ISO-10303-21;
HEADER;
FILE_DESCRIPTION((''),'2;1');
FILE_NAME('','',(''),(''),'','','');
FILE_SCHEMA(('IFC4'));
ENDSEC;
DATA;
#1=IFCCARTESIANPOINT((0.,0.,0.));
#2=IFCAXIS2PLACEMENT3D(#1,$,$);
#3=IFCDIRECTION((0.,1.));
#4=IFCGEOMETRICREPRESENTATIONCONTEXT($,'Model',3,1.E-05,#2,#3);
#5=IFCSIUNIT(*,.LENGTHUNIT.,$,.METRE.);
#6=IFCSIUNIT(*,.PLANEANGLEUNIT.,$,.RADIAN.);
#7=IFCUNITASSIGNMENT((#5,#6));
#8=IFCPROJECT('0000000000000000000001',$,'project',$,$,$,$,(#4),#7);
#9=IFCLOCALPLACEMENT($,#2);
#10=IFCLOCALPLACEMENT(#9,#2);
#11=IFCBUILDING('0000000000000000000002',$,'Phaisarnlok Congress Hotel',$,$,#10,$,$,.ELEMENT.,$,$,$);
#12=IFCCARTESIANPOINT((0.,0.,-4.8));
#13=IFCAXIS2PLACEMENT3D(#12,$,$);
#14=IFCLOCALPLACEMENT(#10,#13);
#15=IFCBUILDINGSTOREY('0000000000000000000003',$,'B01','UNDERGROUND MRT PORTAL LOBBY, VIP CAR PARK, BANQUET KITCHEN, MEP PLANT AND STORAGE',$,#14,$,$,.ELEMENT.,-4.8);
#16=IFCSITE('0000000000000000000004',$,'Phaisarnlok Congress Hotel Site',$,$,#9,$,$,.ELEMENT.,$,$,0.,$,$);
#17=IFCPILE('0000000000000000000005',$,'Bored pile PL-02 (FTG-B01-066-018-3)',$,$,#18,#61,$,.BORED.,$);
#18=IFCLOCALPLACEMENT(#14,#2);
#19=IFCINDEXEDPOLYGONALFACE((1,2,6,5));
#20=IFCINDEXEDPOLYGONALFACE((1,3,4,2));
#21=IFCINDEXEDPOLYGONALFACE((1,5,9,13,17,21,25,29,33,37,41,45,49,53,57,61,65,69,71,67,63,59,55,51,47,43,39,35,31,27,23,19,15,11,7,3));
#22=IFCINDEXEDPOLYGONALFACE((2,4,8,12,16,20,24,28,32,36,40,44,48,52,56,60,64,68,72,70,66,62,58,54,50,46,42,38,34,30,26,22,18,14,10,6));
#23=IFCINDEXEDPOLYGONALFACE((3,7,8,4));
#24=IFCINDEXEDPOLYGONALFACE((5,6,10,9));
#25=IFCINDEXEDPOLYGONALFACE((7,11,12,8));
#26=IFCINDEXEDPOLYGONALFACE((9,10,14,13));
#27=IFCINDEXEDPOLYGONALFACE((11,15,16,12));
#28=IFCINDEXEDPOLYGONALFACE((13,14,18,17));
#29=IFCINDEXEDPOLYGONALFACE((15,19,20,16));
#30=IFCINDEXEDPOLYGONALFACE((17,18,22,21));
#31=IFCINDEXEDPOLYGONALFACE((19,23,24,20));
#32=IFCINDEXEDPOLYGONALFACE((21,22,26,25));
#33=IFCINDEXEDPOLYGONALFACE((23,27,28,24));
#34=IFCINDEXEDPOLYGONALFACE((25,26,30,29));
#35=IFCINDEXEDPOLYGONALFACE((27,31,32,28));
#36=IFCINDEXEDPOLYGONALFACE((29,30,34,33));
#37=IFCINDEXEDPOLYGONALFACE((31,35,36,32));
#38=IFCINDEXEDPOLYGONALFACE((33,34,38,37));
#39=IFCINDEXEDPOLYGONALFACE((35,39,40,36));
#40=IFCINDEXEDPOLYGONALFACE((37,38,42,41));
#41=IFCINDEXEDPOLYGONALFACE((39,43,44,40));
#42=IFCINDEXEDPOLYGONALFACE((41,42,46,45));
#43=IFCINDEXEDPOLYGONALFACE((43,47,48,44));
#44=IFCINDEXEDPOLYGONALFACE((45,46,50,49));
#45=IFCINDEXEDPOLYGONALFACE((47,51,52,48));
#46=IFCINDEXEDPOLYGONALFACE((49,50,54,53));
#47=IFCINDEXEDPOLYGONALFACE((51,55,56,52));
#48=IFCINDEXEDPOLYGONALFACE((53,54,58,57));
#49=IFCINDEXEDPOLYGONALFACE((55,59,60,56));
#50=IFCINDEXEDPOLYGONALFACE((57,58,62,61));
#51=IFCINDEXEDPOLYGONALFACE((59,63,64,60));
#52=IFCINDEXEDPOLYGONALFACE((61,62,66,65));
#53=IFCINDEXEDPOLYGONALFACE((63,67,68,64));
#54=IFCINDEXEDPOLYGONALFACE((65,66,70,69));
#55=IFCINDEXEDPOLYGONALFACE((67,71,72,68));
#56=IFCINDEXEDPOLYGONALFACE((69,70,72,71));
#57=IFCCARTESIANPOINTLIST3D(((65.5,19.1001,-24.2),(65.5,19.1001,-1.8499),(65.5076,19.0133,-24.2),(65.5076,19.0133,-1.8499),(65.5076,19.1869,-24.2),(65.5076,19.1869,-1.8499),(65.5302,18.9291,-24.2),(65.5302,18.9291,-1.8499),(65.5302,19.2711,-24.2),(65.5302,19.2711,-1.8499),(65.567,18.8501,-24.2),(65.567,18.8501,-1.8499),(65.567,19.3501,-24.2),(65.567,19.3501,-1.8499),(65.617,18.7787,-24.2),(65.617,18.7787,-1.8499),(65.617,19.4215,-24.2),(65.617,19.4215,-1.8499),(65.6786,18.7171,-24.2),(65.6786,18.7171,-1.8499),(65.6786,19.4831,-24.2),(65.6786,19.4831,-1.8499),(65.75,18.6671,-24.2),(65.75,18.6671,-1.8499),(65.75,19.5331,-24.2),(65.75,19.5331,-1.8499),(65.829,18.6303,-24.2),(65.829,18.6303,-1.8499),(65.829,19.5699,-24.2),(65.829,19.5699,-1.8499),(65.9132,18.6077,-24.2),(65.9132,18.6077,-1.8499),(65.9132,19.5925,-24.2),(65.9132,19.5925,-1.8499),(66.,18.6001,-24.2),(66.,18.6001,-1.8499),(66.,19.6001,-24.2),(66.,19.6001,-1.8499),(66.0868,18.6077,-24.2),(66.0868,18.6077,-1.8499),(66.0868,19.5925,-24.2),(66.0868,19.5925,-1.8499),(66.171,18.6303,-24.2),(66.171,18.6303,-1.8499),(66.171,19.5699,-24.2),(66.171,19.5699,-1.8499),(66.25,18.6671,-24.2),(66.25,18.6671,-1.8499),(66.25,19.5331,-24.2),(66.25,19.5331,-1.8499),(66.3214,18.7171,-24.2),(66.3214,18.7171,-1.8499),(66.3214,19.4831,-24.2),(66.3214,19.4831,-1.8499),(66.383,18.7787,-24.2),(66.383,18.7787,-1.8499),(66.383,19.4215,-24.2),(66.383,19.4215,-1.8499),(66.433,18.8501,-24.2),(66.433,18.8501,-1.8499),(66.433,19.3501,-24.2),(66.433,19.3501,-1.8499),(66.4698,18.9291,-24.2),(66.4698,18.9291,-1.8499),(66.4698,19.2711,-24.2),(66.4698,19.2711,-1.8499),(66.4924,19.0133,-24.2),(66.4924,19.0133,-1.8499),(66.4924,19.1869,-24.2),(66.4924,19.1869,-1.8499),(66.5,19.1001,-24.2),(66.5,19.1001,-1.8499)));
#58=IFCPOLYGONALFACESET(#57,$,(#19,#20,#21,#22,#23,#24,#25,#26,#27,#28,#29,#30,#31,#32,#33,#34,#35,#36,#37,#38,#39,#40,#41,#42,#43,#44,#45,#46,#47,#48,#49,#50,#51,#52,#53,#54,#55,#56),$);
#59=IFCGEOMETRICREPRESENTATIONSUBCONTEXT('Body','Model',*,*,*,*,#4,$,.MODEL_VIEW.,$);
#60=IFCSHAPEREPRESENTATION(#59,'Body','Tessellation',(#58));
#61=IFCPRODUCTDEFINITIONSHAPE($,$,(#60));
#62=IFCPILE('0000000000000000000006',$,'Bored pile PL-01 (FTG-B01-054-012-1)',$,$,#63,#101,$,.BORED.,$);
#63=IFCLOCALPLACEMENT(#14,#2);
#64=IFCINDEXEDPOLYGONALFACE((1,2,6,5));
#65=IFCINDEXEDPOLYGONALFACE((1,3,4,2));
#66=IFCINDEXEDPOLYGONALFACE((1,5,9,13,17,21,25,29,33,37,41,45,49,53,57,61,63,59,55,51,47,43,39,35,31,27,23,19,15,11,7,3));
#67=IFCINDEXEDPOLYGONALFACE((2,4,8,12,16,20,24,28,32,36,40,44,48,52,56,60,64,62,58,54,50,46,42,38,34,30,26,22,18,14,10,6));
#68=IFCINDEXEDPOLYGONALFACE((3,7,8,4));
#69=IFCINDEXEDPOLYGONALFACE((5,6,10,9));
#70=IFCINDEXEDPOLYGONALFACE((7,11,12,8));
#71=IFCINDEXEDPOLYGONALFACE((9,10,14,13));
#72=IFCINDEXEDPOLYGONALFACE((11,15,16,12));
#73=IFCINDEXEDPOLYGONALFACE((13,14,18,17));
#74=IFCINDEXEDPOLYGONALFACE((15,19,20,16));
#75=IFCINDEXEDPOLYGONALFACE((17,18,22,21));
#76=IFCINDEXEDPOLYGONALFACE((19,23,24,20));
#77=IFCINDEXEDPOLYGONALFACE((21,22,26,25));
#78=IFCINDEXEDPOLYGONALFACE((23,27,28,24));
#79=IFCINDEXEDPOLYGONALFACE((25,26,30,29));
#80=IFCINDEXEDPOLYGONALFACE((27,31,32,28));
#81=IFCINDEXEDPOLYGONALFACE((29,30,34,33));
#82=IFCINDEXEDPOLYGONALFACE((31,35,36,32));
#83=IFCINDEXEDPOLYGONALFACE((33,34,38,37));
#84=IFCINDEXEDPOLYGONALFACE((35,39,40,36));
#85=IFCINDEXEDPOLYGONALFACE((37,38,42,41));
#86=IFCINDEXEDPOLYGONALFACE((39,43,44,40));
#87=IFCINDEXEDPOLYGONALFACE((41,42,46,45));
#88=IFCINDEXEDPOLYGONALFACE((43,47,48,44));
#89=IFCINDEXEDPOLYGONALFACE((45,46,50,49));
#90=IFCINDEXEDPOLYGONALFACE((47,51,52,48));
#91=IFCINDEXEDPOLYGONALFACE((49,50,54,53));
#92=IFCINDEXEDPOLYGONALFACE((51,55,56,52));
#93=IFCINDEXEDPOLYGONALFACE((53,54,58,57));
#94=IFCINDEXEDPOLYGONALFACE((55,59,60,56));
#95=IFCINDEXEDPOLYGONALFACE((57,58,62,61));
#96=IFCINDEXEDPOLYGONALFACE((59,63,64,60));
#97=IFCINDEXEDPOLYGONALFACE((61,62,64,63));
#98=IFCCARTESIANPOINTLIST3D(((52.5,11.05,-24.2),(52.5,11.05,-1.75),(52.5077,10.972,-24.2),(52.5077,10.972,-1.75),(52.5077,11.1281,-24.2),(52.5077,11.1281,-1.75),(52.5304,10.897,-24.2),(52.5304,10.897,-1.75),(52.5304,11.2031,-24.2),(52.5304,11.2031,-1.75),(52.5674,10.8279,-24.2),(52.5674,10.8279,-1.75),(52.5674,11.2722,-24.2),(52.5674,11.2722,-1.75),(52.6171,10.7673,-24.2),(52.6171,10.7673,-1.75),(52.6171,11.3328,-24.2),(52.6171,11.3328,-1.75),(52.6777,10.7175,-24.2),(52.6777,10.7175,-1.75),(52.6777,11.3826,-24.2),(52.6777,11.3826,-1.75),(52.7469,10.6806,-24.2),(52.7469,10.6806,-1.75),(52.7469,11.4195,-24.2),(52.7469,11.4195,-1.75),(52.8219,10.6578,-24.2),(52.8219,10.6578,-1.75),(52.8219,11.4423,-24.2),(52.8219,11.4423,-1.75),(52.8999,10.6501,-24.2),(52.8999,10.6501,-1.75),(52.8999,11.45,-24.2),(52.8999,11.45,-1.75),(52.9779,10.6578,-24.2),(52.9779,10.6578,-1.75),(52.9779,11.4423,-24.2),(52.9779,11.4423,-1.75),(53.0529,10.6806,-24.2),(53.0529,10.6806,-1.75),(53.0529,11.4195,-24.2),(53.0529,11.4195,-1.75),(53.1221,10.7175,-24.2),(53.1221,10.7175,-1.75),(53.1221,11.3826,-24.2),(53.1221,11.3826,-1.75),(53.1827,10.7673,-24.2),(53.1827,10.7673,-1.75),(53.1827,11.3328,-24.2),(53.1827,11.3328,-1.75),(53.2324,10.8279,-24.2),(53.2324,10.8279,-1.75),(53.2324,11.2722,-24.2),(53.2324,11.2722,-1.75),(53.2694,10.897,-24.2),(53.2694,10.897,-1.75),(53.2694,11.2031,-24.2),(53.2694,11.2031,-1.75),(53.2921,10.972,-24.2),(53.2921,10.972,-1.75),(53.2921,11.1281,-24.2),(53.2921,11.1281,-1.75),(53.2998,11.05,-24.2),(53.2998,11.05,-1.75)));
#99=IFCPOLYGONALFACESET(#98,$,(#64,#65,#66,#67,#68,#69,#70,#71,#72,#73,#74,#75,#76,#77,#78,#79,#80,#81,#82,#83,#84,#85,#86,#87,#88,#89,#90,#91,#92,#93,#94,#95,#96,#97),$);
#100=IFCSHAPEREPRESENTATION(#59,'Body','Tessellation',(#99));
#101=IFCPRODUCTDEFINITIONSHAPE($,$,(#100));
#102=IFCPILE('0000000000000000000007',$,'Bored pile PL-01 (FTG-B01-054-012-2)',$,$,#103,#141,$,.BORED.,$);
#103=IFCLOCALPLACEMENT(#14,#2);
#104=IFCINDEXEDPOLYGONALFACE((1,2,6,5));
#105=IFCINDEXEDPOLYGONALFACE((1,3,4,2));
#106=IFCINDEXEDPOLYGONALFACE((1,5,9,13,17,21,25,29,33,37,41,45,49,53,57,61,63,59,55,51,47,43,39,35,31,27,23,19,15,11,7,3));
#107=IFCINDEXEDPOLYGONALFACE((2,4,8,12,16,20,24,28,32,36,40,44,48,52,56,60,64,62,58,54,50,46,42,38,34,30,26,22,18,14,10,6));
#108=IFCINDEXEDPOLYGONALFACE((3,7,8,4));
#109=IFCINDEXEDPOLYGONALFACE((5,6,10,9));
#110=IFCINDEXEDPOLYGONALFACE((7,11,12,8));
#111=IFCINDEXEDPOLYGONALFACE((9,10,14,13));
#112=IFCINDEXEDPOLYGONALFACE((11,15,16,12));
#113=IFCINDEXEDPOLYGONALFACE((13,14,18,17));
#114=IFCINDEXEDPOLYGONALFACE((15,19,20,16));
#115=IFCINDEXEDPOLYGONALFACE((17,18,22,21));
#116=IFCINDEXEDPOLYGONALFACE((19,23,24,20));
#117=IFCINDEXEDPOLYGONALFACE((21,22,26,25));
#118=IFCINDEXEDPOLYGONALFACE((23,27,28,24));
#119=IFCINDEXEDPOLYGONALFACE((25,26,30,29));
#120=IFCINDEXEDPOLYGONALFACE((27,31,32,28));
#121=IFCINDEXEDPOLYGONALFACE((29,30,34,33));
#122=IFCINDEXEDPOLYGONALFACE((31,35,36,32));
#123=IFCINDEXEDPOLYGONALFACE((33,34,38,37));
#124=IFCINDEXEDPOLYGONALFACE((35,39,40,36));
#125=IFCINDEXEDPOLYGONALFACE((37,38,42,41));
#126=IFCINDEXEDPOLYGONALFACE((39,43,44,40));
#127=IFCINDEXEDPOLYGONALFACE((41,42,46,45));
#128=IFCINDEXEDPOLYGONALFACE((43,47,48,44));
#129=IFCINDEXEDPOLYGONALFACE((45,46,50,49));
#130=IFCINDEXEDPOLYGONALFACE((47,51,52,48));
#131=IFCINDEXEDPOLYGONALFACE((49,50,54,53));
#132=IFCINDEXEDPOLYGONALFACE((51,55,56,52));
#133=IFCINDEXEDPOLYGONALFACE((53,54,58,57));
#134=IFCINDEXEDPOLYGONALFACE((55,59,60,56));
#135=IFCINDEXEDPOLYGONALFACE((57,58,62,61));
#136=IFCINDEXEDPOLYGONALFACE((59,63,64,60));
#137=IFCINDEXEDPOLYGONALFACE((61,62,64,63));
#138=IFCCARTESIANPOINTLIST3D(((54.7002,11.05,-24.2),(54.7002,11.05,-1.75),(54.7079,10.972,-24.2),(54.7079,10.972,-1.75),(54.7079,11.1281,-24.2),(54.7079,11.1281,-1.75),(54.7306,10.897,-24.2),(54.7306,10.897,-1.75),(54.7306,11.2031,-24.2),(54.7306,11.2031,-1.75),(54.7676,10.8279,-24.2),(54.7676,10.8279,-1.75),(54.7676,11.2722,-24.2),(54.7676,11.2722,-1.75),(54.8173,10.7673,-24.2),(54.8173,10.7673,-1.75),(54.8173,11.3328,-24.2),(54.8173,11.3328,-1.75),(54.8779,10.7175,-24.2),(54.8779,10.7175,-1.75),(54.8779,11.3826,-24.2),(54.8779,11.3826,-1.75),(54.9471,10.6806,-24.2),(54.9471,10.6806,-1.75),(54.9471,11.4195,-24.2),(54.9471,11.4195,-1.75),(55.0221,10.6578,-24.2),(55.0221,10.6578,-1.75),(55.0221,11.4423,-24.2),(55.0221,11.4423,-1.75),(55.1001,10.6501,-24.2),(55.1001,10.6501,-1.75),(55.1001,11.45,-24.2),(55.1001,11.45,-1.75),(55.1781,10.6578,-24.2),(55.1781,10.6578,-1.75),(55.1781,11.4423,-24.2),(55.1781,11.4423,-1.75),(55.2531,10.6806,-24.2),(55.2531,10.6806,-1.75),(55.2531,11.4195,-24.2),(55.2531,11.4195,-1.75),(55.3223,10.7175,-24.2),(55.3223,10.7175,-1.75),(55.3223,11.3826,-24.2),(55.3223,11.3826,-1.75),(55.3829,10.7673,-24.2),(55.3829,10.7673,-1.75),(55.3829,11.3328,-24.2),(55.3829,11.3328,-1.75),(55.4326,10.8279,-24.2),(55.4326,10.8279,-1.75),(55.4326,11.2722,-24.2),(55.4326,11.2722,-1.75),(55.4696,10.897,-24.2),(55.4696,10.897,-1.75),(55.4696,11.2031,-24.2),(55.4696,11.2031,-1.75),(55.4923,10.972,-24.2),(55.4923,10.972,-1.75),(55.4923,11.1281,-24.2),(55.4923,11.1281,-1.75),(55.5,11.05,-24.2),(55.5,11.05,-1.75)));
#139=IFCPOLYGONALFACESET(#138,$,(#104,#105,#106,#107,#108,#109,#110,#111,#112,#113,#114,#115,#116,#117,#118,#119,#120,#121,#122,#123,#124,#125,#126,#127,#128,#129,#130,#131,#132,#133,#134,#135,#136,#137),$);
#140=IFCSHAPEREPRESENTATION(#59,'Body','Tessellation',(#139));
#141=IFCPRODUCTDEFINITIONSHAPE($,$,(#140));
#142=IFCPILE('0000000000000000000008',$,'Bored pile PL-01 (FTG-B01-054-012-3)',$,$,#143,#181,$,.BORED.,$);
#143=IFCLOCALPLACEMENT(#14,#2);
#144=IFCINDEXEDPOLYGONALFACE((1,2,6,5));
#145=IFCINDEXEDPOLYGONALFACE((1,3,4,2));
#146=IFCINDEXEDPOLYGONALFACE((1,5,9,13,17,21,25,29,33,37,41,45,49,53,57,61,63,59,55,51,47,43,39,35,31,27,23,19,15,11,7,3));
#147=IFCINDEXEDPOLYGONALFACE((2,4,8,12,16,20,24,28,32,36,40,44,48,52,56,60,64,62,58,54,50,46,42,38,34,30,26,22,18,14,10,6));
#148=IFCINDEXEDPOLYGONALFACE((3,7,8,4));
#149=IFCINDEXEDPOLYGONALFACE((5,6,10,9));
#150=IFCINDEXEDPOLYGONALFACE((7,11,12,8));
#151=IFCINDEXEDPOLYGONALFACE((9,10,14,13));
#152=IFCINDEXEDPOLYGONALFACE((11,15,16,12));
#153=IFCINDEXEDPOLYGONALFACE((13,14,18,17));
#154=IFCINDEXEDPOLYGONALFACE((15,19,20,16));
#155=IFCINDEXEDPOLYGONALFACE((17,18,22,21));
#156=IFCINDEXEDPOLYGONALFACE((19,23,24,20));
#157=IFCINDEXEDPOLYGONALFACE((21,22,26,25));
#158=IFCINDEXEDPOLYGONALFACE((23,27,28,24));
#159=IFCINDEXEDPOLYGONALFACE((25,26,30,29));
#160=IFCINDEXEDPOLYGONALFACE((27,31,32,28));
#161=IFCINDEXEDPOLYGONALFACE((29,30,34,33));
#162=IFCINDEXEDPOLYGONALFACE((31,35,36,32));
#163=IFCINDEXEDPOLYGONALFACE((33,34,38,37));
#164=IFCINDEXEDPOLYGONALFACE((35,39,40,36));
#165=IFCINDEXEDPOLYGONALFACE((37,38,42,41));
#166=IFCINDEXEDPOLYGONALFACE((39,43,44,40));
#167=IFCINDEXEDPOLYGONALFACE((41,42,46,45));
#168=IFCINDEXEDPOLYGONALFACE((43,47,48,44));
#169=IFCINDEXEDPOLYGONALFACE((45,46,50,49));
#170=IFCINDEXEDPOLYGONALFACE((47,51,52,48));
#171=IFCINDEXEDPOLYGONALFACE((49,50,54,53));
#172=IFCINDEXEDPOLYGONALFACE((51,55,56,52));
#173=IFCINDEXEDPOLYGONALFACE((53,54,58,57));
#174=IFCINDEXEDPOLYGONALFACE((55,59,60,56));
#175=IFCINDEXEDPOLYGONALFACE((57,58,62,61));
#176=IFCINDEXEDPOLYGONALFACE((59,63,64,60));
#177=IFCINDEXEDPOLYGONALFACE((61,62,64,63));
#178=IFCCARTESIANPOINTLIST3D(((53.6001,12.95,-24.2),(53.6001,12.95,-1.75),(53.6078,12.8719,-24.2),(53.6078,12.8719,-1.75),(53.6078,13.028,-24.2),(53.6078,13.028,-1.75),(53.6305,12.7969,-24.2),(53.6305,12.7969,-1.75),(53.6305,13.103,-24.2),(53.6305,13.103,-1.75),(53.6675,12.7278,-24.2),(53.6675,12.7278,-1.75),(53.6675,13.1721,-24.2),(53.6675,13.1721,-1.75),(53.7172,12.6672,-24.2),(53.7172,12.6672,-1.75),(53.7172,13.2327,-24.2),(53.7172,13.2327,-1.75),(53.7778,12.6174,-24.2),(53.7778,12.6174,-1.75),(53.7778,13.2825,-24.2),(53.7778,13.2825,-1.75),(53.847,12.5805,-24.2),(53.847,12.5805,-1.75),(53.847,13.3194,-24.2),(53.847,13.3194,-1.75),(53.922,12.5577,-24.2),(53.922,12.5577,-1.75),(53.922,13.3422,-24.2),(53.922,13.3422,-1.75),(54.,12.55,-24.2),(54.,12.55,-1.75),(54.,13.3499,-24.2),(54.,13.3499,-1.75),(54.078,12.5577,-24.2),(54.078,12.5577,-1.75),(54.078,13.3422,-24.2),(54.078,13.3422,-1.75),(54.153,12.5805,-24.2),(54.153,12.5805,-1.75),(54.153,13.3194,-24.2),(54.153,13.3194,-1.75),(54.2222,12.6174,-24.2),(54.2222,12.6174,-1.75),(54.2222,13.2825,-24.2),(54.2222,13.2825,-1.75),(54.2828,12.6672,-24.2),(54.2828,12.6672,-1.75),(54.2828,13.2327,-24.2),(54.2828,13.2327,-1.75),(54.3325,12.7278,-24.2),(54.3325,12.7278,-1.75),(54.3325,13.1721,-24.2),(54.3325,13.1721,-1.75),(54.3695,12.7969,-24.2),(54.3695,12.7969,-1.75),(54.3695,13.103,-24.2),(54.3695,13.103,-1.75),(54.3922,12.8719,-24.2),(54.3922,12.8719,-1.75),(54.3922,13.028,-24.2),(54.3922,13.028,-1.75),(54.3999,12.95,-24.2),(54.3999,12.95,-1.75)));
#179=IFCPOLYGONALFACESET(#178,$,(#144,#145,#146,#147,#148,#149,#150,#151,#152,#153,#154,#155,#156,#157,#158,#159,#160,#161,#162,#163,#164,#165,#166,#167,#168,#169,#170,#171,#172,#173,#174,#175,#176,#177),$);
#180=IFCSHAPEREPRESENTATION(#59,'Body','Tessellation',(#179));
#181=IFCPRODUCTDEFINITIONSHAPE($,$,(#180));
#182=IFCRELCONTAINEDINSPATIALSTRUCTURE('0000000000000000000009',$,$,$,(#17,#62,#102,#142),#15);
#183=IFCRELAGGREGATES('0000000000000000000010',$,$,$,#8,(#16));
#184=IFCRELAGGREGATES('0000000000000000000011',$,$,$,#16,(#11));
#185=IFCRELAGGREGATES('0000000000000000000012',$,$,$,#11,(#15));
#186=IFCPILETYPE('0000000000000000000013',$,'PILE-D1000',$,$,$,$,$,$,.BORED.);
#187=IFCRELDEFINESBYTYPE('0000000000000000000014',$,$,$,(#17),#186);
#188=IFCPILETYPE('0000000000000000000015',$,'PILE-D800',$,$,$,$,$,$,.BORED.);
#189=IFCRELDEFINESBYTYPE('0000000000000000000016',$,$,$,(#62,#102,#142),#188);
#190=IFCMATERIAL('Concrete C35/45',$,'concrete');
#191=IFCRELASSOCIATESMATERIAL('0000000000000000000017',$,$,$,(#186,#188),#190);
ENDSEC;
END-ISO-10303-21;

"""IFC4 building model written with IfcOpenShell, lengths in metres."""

from ifc_helpers import new_model, si_unit, direction, frame, origin, origin_2d, place, context, subcontext, project, spatial, circle, extrude, material, material_profile, profile_set, type_object, element, save


model = new_model("IFC4")

# Units and contexts
model_context = context("Model", 3, precision=1e-05, world=origin(), true_north=direction((0.0, 1.0)))
body_context = subcontext(model_context, "Body", "Model", "MODEL_VIEW")
ifc_project = project(units=[si_unit("LENGTHUNIT", "METRE"), si_unit("PLANEANGLEUNIT", "RADIAN")], contexts=[model_context])

# Site, building, storey
site_placement = place(None, origin())
site = spatial("IfcSite", under=ifc_project, at=site_placement, Name="Phaisarnlok Congress Hotel Site", CompositionType="ELEMENT", RefElevation=0.0)
building_placement = place(site_placement, origin())
building = spatial("IfcBuilding", under=site, at=building_placement, Name="Phaisarnlok Congress Hotel", CompositionType="ELEMENT")
storey_placement = place(building_placement, frame((0.0, 0.0, -4.8)))
storey = spatial("IfcBuildingStorey", under=building, at=storey_placement, Name="B01", Description="UNDERGROUND MRT PORTAL LOBBY, VIP CAR PARK, BANQUET KITCHEN, MEP PLANT AND STORAGE", CompositionType="ELEMENT", Elevation=-4.8)

# Piles
ifc_material_1 = material(Name="Concrete C35/45", Category="concrete")
ifc_material_profile_1 = material_profile(ifc_material_1, circle(Radius=0.5, at=origin_2d()), Name="BORED PILE D1000")
ifc_profile_set_1 = profile_set([ifc_material_profile_1], Name="Concrete C35/45")
pile_type_1 = type_object("IfcPileType", Name="PILE-D1000", PredefinedType="BORED", material=ifc_profile_set_1)
for number, where, z_axis, x_axis, name in (
    (1, (66.0, 19.1001, -1.8499), (0.0, 0.0, -1.0), (1.0, 0.0, 0.0), "Bored pile PL-02 (FTG-B01-066-018-3)"),
):
    element("IfcPile", number, at=place(storey_placement, frame(where, z_axis=z_axis, x_axis=x_axis)), inside=storey, type_object=pile_type_1, Name=name, PredefinedType="BORED", context=body_context, shape_type="SweptSolid", body=[
        extrude(circle(Radius=0.5, at=origin_2d()), origin(), (0.0, 0.0, 1.0), 22.3501),
    ])
ifc_material_profile_2 = material_profile(ifc_material_1, circle(Radius=0.3999, at=origin_2d()), Name="BORED PILE D800")
ifc_profile_set_2 = profile_set([ifc_material_profile_2], Name="Concrete C35/45")
pile_type_2 = type_object("IfcPileType", Name="PILE-D800", PredefinedType="BORED", material=ifc_profile_set_2)
for number, where, z_axis, x_axis, name in (
    (2, (52.8999, 11.05, -1.75), (0.0, 0.0, -1.0), (1.0, 0.0, 0.0), "Bored pile PL-01 (FTG-B01-054-012-1)"),
    (3, (55.1001, 11.05, -1.75), (0.0, 0.0, -1.0), (1.0, 0.0, 0.0), "Bored pile PL-01 (FTG-B01-054-012-2)"),
    (4, (54.0, 12.95, -1.75), (0.0, 0.0, -1.0), (1.0, 0.0, 0.0), "Bored pile PL-01 (FTG-B01-054-012-3)"),
):
    element("IfcPile", number, at=place(storey_placement, frame(where, z_axis=z_axis, x_axis=x_axis)), inside=storey, type_object=pile_type_2, Name=name, PredefinedType="BORED", context=body_context, shape_type="SweptSolid", body=[
        extrude(circle(Radius=0.3999, at=origin_2d()), origin(), (0.0, 0.0, 1.0), 22.45),
    ])

save(model, "model.ifc")
